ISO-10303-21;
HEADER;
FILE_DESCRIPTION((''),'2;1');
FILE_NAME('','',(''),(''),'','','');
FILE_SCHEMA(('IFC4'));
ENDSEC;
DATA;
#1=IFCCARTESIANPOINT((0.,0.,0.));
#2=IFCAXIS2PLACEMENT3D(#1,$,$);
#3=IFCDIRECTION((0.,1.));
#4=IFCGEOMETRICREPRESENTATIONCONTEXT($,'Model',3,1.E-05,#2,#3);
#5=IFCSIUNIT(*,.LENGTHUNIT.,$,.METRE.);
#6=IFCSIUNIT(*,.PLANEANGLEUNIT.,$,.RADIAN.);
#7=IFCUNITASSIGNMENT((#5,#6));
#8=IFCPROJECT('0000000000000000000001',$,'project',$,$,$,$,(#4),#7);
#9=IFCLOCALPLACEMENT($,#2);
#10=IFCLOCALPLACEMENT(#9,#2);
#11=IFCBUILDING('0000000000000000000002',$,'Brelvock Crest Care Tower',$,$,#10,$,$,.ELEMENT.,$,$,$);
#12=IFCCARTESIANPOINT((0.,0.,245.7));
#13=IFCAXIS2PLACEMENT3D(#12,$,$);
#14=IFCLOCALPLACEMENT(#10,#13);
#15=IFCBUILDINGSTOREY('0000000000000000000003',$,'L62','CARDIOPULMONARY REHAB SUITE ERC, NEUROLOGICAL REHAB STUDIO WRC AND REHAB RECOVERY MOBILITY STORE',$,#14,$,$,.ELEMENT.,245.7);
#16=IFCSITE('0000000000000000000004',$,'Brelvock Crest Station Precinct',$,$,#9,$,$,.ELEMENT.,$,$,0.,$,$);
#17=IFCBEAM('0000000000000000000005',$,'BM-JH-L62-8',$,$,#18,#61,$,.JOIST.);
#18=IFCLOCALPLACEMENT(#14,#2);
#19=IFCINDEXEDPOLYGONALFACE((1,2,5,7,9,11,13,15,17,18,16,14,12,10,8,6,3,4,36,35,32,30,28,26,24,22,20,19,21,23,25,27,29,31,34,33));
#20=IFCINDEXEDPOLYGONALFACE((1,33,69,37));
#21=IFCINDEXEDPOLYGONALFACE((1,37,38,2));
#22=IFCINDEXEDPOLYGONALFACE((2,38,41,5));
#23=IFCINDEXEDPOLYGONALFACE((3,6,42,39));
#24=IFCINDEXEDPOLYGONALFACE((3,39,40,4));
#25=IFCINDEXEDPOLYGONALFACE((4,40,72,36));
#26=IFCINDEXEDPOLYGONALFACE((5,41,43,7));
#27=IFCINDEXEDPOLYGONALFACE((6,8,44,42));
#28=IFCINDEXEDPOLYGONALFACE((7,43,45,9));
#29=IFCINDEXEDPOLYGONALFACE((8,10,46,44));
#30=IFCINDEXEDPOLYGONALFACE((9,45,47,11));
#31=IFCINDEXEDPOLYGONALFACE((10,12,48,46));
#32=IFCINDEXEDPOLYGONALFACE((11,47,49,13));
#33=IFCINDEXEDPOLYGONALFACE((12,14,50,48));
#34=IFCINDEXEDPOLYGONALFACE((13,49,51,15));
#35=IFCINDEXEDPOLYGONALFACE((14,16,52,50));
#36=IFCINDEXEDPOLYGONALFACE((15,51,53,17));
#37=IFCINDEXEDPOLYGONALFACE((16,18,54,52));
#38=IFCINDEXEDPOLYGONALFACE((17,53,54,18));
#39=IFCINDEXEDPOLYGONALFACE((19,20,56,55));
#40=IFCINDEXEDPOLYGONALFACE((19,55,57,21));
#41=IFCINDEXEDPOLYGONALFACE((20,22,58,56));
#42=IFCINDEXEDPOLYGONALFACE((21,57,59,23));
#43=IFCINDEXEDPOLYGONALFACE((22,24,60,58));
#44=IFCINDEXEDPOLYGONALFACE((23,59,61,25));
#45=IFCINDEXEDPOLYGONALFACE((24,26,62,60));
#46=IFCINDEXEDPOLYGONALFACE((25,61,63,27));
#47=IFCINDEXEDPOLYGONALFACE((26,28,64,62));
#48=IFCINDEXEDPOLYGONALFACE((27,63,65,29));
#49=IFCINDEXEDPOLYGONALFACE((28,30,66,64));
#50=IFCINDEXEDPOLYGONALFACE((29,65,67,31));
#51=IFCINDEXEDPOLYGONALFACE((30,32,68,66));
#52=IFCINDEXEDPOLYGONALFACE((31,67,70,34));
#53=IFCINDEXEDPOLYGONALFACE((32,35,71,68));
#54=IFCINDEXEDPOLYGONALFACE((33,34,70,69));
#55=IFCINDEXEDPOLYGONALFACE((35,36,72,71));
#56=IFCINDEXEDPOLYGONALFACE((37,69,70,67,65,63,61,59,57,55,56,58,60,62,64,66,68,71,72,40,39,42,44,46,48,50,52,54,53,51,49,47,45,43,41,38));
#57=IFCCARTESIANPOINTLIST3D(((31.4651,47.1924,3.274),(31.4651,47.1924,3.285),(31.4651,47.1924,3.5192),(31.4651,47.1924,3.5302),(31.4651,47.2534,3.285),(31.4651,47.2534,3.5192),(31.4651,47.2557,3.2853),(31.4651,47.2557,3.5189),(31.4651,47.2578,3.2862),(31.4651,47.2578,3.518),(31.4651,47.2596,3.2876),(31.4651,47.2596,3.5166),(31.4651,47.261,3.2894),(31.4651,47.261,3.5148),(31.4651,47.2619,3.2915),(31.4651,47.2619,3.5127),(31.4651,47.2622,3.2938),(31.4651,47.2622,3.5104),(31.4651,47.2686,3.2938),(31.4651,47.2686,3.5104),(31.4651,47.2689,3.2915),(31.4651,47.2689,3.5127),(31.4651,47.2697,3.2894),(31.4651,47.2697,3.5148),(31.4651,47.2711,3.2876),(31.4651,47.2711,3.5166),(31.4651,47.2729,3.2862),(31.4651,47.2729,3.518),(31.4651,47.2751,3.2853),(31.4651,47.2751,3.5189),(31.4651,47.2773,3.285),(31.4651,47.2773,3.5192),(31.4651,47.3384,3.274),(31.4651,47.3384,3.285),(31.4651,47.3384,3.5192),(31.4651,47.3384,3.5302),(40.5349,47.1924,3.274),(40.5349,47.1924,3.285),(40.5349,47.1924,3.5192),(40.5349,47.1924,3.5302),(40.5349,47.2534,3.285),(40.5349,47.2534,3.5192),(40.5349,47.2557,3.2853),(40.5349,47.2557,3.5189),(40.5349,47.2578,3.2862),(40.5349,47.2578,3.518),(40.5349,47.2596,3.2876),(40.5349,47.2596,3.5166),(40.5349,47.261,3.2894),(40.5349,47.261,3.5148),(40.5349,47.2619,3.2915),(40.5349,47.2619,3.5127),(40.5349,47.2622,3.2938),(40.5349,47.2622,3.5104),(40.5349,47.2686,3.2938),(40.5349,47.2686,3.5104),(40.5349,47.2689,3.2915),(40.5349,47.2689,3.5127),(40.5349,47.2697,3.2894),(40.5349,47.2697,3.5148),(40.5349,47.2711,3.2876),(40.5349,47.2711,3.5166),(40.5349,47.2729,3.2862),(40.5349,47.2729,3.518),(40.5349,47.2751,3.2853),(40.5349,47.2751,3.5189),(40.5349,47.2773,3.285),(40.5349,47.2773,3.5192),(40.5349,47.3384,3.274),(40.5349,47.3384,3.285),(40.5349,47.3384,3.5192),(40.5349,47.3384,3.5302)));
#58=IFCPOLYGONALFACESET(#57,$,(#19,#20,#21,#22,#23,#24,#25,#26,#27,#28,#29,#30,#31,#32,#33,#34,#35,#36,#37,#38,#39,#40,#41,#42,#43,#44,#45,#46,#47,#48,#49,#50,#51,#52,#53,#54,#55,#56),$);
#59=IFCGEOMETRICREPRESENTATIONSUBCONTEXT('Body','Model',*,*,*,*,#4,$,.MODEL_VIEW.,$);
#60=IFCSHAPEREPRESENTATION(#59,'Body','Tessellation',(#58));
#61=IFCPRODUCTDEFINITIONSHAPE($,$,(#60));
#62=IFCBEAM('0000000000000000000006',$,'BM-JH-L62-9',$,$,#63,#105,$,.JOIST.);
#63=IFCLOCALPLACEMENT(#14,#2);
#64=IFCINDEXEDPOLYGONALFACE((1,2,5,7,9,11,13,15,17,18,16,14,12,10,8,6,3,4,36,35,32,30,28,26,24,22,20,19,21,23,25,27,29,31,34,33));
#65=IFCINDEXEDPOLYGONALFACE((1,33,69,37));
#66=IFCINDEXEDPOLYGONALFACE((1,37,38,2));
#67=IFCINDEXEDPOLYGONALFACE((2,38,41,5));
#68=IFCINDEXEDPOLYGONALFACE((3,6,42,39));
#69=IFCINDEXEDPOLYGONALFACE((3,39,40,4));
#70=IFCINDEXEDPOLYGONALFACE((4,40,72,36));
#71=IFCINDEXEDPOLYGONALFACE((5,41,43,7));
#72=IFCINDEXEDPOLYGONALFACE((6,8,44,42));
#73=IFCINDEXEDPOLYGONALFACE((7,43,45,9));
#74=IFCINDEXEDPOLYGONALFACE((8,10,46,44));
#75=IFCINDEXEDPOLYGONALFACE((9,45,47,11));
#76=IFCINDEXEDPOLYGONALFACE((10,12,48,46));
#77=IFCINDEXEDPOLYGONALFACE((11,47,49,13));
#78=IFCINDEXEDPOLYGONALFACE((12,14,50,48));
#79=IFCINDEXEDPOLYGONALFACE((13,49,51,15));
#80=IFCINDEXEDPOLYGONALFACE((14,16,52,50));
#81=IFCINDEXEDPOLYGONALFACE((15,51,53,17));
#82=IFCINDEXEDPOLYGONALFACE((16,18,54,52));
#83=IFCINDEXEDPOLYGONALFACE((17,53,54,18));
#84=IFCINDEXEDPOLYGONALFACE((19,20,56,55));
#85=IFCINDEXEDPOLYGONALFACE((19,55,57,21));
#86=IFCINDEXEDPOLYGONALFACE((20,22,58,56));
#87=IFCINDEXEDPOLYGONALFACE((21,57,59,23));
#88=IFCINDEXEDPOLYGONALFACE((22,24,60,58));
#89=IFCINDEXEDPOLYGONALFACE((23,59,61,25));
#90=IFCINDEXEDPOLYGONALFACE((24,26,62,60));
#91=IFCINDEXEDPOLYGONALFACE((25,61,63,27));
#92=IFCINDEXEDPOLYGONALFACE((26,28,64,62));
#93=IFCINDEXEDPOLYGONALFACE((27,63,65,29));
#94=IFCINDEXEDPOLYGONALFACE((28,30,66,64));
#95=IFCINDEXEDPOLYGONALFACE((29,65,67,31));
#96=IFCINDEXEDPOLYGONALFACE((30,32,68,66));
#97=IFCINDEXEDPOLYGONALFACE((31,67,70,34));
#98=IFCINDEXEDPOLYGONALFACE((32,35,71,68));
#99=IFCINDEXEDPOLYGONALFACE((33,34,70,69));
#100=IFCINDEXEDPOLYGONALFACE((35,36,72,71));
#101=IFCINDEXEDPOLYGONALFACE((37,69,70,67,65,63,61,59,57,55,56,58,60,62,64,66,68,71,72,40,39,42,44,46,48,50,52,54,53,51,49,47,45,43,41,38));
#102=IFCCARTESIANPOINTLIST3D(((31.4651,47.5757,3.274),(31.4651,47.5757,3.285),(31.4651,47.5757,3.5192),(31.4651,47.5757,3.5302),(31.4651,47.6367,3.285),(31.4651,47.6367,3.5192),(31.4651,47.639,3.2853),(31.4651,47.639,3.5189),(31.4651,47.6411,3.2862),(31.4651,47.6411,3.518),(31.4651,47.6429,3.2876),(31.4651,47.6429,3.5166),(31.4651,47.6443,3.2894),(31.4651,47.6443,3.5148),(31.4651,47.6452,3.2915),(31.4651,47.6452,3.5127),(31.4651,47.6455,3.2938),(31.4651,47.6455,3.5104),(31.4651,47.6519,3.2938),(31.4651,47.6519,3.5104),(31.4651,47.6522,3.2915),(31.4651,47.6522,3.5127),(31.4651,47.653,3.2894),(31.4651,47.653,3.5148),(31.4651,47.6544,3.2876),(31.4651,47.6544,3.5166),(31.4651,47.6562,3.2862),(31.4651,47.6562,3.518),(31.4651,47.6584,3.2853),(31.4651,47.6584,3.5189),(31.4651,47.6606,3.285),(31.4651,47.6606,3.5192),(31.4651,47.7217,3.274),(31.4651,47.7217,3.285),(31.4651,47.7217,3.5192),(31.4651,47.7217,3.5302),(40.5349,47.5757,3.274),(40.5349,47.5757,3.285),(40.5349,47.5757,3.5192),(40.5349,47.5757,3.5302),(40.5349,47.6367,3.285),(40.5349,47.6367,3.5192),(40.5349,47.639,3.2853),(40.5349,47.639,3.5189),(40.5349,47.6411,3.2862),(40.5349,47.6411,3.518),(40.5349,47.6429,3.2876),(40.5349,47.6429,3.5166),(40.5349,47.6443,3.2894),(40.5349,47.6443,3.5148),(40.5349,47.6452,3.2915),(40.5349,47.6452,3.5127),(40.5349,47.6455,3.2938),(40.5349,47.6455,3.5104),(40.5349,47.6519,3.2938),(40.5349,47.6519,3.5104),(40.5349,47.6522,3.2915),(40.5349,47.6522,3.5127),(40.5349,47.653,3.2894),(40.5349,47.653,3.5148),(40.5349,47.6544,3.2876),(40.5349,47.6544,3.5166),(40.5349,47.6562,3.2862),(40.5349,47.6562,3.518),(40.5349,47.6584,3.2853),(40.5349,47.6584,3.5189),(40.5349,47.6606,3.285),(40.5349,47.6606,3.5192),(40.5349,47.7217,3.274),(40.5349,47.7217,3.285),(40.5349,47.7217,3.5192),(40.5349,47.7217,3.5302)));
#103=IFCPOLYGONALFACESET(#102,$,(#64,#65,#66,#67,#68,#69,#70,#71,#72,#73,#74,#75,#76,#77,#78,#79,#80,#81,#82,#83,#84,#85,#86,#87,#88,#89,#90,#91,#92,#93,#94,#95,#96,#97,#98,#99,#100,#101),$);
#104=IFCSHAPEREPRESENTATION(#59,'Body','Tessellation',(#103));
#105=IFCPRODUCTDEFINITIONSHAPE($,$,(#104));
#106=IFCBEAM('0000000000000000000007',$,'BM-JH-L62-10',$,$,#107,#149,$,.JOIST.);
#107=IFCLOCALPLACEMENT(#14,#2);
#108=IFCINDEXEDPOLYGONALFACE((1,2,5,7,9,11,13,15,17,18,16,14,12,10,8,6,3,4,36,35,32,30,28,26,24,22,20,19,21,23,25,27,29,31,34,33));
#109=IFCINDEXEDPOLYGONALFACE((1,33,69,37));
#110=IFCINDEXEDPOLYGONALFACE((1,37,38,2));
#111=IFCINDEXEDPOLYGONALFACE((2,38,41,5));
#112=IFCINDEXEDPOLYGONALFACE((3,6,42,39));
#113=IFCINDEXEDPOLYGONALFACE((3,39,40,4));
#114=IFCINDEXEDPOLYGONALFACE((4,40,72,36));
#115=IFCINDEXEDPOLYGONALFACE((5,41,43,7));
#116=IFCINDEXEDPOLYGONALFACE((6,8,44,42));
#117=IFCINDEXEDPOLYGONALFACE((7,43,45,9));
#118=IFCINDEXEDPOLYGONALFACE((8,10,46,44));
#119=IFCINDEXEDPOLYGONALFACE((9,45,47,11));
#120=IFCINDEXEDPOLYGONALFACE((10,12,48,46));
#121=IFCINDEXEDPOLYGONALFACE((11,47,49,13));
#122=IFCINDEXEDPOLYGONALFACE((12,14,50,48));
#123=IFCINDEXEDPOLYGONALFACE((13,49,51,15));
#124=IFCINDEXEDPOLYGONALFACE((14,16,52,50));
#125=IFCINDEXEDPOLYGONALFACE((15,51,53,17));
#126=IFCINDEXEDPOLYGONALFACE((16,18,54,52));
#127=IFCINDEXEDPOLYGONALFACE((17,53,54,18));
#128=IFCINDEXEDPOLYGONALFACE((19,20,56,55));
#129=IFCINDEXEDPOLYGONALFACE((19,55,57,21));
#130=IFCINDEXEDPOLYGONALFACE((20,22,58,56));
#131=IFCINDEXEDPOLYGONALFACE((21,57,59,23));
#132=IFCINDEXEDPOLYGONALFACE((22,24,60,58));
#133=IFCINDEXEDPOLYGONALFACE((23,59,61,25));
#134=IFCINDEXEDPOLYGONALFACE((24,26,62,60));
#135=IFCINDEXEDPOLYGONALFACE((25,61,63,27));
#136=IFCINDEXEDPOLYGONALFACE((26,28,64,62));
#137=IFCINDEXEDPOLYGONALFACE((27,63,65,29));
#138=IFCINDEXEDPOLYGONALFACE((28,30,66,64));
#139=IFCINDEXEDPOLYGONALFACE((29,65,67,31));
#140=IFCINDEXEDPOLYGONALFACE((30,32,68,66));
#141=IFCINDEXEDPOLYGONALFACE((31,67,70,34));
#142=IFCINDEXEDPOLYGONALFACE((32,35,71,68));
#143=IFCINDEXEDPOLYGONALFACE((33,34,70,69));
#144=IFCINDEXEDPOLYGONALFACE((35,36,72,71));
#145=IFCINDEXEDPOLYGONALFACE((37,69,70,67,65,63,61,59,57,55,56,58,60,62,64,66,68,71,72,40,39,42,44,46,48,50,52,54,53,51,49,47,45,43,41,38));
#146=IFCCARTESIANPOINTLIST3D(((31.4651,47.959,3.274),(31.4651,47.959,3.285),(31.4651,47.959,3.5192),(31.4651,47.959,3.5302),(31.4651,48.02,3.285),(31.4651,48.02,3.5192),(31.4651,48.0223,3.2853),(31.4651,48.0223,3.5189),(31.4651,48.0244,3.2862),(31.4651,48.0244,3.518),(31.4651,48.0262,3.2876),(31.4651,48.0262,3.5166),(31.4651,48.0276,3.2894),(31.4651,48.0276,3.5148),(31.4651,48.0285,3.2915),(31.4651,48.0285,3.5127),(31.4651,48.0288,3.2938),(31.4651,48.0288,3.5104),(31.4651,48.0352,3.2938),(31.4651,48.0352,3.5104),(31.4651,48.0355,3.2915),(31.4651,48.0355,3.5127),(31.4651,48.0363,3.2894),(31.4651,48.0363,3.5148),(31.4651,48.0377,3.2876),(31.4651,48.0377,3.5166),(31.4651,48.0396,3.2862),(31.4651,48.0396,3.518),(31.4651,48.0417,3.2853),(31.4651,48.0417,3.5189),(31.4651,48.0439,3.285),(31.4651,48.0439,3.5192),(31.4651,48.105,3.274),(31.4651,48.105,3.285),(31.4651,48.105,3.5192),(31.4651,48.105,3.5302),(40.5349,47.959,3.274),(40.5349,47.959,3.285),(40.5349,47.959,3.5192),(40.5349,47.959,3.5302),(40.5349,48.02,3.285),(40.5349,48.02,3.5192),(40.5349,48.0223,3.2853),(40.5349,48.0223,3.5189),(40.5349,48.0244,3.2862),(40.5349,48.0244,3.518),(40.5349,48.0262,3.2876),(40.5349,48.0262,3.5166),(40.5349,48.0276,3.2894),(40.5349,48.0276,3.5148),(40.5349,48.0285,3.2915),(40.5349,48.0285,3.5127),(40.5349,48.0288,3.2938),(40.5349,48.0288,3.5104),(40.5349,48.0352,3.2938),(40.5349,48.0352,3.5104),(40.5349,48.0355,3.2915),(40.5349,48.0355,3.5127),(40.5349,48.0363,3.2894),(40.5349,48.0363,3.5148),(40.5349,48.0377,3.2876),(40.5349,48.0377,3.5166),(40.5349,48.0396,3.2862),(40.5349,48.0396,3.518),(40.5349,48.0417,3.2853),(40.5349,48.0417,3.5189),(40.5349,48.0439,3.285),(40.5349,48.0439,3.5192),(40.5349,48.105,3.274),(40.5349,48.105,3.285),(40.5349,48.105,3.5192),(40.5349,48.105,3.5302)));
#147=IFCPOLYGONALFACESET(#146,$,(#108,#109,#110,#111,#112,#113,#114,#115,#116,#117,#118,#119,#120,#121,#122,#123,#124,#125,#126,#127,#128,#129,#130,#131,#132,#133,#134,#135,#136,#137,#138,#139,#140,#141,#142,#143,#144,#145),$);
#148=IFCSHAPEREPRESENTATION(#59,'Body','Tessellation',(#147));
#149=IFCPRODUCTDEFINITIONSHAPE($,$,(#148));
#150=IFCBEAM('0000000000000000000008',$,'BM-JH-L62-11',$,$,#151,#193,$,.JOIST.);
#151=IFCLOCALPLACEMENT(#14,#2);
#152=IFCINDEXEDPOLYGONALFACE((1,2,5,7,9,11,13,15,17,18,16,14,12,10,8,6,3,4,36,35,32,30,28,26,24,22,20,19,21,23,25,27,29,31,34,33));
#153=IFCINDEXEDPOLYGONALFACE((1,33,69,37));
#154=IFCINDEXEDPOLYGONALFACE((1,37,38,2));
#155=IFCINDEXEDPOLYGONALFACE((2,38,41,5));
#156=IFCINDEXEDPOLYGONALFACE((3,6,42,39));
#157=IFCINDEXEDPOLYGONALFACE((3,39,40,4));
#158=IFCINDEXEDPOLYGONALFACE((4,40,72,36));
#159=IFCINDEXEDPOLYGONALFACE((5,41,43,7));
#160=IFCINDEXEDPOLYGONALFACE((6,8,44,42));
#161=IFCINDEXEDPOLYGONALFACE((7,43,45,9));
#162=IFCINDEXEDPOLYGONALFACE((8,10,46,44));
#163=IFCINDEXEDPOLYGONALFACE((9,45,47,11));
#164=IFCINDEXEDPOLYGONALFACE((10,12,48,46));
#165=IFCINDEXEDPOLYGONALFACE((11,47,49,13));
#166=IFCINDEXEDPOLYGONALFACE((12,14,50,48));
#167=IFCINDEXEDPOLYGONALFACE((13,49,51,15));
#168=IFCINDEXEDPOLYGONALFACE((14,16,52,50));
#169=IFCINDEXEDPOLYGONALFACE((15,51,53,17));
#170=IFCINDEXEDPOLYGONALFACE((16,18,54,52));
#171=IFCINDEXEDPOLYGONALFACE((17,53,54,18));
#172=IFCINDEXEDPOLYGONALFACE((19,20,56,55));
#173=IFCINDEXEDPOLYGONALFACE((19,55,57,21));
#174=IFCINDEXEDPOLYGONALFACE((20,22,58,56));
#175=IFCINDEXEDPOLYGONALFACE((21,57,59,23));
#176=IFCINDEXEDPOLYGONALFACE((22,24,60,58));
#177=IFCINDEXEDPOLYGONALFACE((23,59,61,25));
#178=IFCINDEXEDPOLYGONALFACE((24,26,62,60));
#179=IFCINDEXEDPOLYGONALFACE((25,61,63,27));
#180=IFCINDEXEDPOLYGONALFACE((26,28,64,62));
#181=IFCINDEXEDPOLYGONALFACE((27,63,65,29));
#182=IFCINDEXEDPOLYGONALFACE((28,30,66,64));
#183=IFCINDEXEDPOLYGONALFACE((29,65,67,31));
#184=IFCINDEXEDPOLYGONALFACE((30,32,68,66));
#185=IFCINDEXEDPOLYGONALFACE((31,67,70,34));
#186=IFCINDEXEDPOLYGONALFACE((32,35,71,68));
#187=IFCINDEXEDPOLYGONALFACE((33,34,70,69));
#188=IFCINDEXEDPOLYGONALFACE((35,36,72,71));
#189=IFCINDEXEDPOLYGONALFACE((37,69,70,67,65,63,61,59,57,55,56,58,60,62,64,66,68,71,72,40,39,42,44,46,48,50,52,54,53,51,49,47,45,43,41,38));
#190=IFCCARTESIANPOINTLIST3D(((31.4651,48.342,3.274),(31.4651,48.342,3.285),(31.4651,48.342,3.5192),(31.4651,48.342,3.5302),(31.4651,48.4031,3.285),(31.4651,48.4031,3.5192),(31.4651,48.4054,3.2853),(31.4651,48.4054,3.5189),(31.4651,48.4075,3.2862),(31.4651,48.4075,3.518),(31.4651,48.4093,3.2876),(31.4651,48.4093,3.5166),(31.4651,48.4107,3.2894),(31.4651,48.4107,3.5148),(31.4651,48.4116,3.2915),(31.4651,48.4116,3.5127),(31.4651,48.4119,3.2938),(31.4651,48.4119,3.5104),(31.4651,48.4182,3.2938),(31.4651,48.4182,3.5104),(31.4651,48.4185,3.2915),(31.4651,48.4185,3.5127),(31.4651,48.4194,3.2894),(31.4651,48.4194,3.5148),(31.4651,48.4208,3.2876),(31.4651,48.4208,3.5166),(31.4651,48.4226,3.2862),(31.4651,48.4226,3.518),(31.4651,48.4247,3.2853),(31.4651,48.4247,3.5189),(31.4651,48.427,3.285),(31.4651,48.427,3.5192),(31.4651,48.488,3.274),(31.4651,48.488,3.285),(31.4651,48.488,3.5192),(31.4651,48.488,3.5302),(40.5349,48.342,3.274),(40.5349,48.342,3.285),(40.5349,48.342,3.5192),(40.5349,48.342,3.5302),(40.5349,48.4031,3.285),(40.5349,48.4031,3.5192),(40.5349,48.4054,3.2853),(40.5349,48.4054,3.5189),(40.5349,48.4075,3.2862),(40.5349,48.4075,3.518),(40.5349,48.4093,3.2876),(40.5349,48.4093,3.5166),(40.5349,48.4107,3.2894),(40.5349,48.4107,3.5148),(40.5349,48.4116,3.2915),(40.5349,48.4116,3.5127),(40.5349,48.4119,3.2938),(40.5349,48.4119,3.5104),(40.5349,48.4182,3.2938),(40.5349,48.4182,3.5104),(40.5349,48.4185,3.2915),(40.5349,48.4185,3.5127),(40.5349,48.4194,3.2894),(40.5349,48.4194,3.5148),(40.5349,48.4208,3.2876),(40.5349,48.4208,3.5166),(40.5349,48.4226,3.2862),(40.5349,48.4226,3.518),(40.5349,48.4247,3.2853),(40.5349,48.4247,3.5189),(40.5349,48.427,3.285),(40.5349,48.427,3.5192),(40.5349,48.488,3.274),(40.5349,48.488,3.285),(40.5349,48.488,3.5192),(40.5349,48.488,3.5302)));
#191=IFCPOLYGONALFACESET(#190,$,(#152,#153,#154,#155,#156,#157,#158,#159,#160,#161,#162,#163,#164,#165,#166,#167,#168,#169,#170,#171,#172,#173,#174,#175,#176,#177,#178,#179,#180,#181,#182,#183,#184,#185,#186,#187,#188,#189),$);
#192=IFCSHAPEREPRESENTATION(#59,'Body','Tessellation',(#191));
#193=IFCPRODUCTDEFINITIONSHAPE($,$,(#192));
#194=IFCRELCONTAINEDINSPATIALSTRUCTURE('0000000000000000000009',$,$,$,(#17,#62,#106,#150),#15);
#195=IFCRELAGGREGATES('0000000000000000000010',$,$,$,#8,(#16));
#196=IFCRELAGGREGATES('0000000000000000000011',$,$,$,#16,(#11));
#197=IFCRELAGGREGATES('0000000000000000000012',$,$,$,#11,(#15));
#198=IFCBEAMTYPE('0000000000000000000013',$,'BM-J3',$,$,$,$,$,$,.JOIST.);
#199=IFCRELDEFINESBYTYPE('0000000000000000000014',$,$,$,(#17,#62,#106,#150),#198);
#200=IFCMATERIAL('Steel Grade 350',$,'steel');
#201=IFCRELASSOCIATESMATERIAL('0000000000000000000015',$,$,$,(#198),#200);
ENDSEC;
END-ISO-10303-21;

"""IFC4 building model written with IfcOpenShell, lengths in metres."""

from ifc_helpers import new_model, si_unit, direction, frame, origin, origin_2d, place, context, subcontext, project, spatial, i_section, extrude, source, transform, mapped, material, material_profile, profile_set, type_object, element, save


model = new_model("IFC4")

# Units and contexts
model_context = context("Model", 3, precision=1e-05, world=origin(), true_north=direction((0.0, 1.0)))
body_context = subcontext(model_context, "Body", "Model", "MODEL_VIEW")
ifc_project = project(units=[si_unit("LENGTHUNIT", "METRE"), si_unit("PLANEANGLEUNIT", "RADIAN")], contexts=[model_context])

# Site, building, storey
site_placement = place(None, origin())
site = spatial("IfcSite", under=ifc_project, at=site_placement, Name="Brelvock Crest Station Precinct", CompositionType="ELEMENT", RefElevation=0.0)
building_placement = place(site_placement, origin())
building = spatial("IfcBuilding", under=site, at=building_placement, Name="Brelvock Crest Care Tower", CompositionType="ELEMENT")
storey_placement = place(building_placement, frame((0.0, 0.0, 245.7)))
storey = spatial("IfcBuildingStorey", under=building, at=storey_placement, Name="L62", Description="CARDIOPULMONARY REHAB SUITE ERC, NEUROLOGICAL REHAB STUDIO WRC AND REHAB RECOVERY MOBILITY STORE", CompositionType="ELEMENT", Elevation=245.7)

# Beams
ifc_material_1 = material(Name="Steel Grade 350", Category="steel")
ifc_material_profile_1 = material_profile(ifc_material_1, i_section(OverallWidth=0.146, OverallDepth=0.2561, WebThickness=0.0063, FlangeThickness=0.011, FilletRadius=0.0088, at=origin_2d()), Name="250UB37.3")
ifc_profile_set_1 = profile_set([ifc_material_profile_1], Name="Steel Grade 350")
beam_type_1 = type_object("IfcBeamType", Name="BM-J3", PredefinedType="JOIST", material=ifc_profile_set_1)
shared_shape_1 = source(origin(), body_context, "Body", "SweptSolid", [
    extrude(i_section(OverallWidth=0.146, OverallDepth=0.2561, WebThickness=0.0063, FlangeThickness=0.011, FilletRadius=0.0088, at=origin_2d()), origin(), (0.0, 0.0, 1.0), 9.0698),
])
for number, where, z_axis, x_axis, name in (
    (1, (31.4651, 47.2654, 3.4021), (1.0, 0.0, 0.0), (0.0, 1.0, 0.0), "BM-JH-L62-8"),
    (2, (31.4651, 47.6487, 3.4021), (1.0, 0.0, 0.0), (0.0, 1.0, 0.0), "BM-JH-L62-9"),
    (3, (31.4651, 48.032, 3.4021), (1.0, 0.0, 0.0), (0.0, 1.0, 0.0), "BM-JH-L62-10"),
    (4, (31.4651, 48.415, 3.4021), (1.0, 0.0, 0.0), (0.0, 1.0, 0.0), "BM-JH-L62-11"),
):
    element("IfcBeam", number, at=place(storey_placement, frame(where, z_axis=z_axis, x_axis=x_axis)), inside=storey, type_object=beam_type_1, Name=name, PredefinedType="JOIST", context=body_context, shape_type="MappedRepresentation", body=[
        mapped(shared_shape_1, transform((0.0, 0.0, 0.0), x_axis=(1.0, 0.0, 0.0), y_axis=(0.0, 1.0, 0.0), z_axis=(0.0, 0.0, 1.0), scale=1.0)),
    ])

save(model, "model.ifc")
